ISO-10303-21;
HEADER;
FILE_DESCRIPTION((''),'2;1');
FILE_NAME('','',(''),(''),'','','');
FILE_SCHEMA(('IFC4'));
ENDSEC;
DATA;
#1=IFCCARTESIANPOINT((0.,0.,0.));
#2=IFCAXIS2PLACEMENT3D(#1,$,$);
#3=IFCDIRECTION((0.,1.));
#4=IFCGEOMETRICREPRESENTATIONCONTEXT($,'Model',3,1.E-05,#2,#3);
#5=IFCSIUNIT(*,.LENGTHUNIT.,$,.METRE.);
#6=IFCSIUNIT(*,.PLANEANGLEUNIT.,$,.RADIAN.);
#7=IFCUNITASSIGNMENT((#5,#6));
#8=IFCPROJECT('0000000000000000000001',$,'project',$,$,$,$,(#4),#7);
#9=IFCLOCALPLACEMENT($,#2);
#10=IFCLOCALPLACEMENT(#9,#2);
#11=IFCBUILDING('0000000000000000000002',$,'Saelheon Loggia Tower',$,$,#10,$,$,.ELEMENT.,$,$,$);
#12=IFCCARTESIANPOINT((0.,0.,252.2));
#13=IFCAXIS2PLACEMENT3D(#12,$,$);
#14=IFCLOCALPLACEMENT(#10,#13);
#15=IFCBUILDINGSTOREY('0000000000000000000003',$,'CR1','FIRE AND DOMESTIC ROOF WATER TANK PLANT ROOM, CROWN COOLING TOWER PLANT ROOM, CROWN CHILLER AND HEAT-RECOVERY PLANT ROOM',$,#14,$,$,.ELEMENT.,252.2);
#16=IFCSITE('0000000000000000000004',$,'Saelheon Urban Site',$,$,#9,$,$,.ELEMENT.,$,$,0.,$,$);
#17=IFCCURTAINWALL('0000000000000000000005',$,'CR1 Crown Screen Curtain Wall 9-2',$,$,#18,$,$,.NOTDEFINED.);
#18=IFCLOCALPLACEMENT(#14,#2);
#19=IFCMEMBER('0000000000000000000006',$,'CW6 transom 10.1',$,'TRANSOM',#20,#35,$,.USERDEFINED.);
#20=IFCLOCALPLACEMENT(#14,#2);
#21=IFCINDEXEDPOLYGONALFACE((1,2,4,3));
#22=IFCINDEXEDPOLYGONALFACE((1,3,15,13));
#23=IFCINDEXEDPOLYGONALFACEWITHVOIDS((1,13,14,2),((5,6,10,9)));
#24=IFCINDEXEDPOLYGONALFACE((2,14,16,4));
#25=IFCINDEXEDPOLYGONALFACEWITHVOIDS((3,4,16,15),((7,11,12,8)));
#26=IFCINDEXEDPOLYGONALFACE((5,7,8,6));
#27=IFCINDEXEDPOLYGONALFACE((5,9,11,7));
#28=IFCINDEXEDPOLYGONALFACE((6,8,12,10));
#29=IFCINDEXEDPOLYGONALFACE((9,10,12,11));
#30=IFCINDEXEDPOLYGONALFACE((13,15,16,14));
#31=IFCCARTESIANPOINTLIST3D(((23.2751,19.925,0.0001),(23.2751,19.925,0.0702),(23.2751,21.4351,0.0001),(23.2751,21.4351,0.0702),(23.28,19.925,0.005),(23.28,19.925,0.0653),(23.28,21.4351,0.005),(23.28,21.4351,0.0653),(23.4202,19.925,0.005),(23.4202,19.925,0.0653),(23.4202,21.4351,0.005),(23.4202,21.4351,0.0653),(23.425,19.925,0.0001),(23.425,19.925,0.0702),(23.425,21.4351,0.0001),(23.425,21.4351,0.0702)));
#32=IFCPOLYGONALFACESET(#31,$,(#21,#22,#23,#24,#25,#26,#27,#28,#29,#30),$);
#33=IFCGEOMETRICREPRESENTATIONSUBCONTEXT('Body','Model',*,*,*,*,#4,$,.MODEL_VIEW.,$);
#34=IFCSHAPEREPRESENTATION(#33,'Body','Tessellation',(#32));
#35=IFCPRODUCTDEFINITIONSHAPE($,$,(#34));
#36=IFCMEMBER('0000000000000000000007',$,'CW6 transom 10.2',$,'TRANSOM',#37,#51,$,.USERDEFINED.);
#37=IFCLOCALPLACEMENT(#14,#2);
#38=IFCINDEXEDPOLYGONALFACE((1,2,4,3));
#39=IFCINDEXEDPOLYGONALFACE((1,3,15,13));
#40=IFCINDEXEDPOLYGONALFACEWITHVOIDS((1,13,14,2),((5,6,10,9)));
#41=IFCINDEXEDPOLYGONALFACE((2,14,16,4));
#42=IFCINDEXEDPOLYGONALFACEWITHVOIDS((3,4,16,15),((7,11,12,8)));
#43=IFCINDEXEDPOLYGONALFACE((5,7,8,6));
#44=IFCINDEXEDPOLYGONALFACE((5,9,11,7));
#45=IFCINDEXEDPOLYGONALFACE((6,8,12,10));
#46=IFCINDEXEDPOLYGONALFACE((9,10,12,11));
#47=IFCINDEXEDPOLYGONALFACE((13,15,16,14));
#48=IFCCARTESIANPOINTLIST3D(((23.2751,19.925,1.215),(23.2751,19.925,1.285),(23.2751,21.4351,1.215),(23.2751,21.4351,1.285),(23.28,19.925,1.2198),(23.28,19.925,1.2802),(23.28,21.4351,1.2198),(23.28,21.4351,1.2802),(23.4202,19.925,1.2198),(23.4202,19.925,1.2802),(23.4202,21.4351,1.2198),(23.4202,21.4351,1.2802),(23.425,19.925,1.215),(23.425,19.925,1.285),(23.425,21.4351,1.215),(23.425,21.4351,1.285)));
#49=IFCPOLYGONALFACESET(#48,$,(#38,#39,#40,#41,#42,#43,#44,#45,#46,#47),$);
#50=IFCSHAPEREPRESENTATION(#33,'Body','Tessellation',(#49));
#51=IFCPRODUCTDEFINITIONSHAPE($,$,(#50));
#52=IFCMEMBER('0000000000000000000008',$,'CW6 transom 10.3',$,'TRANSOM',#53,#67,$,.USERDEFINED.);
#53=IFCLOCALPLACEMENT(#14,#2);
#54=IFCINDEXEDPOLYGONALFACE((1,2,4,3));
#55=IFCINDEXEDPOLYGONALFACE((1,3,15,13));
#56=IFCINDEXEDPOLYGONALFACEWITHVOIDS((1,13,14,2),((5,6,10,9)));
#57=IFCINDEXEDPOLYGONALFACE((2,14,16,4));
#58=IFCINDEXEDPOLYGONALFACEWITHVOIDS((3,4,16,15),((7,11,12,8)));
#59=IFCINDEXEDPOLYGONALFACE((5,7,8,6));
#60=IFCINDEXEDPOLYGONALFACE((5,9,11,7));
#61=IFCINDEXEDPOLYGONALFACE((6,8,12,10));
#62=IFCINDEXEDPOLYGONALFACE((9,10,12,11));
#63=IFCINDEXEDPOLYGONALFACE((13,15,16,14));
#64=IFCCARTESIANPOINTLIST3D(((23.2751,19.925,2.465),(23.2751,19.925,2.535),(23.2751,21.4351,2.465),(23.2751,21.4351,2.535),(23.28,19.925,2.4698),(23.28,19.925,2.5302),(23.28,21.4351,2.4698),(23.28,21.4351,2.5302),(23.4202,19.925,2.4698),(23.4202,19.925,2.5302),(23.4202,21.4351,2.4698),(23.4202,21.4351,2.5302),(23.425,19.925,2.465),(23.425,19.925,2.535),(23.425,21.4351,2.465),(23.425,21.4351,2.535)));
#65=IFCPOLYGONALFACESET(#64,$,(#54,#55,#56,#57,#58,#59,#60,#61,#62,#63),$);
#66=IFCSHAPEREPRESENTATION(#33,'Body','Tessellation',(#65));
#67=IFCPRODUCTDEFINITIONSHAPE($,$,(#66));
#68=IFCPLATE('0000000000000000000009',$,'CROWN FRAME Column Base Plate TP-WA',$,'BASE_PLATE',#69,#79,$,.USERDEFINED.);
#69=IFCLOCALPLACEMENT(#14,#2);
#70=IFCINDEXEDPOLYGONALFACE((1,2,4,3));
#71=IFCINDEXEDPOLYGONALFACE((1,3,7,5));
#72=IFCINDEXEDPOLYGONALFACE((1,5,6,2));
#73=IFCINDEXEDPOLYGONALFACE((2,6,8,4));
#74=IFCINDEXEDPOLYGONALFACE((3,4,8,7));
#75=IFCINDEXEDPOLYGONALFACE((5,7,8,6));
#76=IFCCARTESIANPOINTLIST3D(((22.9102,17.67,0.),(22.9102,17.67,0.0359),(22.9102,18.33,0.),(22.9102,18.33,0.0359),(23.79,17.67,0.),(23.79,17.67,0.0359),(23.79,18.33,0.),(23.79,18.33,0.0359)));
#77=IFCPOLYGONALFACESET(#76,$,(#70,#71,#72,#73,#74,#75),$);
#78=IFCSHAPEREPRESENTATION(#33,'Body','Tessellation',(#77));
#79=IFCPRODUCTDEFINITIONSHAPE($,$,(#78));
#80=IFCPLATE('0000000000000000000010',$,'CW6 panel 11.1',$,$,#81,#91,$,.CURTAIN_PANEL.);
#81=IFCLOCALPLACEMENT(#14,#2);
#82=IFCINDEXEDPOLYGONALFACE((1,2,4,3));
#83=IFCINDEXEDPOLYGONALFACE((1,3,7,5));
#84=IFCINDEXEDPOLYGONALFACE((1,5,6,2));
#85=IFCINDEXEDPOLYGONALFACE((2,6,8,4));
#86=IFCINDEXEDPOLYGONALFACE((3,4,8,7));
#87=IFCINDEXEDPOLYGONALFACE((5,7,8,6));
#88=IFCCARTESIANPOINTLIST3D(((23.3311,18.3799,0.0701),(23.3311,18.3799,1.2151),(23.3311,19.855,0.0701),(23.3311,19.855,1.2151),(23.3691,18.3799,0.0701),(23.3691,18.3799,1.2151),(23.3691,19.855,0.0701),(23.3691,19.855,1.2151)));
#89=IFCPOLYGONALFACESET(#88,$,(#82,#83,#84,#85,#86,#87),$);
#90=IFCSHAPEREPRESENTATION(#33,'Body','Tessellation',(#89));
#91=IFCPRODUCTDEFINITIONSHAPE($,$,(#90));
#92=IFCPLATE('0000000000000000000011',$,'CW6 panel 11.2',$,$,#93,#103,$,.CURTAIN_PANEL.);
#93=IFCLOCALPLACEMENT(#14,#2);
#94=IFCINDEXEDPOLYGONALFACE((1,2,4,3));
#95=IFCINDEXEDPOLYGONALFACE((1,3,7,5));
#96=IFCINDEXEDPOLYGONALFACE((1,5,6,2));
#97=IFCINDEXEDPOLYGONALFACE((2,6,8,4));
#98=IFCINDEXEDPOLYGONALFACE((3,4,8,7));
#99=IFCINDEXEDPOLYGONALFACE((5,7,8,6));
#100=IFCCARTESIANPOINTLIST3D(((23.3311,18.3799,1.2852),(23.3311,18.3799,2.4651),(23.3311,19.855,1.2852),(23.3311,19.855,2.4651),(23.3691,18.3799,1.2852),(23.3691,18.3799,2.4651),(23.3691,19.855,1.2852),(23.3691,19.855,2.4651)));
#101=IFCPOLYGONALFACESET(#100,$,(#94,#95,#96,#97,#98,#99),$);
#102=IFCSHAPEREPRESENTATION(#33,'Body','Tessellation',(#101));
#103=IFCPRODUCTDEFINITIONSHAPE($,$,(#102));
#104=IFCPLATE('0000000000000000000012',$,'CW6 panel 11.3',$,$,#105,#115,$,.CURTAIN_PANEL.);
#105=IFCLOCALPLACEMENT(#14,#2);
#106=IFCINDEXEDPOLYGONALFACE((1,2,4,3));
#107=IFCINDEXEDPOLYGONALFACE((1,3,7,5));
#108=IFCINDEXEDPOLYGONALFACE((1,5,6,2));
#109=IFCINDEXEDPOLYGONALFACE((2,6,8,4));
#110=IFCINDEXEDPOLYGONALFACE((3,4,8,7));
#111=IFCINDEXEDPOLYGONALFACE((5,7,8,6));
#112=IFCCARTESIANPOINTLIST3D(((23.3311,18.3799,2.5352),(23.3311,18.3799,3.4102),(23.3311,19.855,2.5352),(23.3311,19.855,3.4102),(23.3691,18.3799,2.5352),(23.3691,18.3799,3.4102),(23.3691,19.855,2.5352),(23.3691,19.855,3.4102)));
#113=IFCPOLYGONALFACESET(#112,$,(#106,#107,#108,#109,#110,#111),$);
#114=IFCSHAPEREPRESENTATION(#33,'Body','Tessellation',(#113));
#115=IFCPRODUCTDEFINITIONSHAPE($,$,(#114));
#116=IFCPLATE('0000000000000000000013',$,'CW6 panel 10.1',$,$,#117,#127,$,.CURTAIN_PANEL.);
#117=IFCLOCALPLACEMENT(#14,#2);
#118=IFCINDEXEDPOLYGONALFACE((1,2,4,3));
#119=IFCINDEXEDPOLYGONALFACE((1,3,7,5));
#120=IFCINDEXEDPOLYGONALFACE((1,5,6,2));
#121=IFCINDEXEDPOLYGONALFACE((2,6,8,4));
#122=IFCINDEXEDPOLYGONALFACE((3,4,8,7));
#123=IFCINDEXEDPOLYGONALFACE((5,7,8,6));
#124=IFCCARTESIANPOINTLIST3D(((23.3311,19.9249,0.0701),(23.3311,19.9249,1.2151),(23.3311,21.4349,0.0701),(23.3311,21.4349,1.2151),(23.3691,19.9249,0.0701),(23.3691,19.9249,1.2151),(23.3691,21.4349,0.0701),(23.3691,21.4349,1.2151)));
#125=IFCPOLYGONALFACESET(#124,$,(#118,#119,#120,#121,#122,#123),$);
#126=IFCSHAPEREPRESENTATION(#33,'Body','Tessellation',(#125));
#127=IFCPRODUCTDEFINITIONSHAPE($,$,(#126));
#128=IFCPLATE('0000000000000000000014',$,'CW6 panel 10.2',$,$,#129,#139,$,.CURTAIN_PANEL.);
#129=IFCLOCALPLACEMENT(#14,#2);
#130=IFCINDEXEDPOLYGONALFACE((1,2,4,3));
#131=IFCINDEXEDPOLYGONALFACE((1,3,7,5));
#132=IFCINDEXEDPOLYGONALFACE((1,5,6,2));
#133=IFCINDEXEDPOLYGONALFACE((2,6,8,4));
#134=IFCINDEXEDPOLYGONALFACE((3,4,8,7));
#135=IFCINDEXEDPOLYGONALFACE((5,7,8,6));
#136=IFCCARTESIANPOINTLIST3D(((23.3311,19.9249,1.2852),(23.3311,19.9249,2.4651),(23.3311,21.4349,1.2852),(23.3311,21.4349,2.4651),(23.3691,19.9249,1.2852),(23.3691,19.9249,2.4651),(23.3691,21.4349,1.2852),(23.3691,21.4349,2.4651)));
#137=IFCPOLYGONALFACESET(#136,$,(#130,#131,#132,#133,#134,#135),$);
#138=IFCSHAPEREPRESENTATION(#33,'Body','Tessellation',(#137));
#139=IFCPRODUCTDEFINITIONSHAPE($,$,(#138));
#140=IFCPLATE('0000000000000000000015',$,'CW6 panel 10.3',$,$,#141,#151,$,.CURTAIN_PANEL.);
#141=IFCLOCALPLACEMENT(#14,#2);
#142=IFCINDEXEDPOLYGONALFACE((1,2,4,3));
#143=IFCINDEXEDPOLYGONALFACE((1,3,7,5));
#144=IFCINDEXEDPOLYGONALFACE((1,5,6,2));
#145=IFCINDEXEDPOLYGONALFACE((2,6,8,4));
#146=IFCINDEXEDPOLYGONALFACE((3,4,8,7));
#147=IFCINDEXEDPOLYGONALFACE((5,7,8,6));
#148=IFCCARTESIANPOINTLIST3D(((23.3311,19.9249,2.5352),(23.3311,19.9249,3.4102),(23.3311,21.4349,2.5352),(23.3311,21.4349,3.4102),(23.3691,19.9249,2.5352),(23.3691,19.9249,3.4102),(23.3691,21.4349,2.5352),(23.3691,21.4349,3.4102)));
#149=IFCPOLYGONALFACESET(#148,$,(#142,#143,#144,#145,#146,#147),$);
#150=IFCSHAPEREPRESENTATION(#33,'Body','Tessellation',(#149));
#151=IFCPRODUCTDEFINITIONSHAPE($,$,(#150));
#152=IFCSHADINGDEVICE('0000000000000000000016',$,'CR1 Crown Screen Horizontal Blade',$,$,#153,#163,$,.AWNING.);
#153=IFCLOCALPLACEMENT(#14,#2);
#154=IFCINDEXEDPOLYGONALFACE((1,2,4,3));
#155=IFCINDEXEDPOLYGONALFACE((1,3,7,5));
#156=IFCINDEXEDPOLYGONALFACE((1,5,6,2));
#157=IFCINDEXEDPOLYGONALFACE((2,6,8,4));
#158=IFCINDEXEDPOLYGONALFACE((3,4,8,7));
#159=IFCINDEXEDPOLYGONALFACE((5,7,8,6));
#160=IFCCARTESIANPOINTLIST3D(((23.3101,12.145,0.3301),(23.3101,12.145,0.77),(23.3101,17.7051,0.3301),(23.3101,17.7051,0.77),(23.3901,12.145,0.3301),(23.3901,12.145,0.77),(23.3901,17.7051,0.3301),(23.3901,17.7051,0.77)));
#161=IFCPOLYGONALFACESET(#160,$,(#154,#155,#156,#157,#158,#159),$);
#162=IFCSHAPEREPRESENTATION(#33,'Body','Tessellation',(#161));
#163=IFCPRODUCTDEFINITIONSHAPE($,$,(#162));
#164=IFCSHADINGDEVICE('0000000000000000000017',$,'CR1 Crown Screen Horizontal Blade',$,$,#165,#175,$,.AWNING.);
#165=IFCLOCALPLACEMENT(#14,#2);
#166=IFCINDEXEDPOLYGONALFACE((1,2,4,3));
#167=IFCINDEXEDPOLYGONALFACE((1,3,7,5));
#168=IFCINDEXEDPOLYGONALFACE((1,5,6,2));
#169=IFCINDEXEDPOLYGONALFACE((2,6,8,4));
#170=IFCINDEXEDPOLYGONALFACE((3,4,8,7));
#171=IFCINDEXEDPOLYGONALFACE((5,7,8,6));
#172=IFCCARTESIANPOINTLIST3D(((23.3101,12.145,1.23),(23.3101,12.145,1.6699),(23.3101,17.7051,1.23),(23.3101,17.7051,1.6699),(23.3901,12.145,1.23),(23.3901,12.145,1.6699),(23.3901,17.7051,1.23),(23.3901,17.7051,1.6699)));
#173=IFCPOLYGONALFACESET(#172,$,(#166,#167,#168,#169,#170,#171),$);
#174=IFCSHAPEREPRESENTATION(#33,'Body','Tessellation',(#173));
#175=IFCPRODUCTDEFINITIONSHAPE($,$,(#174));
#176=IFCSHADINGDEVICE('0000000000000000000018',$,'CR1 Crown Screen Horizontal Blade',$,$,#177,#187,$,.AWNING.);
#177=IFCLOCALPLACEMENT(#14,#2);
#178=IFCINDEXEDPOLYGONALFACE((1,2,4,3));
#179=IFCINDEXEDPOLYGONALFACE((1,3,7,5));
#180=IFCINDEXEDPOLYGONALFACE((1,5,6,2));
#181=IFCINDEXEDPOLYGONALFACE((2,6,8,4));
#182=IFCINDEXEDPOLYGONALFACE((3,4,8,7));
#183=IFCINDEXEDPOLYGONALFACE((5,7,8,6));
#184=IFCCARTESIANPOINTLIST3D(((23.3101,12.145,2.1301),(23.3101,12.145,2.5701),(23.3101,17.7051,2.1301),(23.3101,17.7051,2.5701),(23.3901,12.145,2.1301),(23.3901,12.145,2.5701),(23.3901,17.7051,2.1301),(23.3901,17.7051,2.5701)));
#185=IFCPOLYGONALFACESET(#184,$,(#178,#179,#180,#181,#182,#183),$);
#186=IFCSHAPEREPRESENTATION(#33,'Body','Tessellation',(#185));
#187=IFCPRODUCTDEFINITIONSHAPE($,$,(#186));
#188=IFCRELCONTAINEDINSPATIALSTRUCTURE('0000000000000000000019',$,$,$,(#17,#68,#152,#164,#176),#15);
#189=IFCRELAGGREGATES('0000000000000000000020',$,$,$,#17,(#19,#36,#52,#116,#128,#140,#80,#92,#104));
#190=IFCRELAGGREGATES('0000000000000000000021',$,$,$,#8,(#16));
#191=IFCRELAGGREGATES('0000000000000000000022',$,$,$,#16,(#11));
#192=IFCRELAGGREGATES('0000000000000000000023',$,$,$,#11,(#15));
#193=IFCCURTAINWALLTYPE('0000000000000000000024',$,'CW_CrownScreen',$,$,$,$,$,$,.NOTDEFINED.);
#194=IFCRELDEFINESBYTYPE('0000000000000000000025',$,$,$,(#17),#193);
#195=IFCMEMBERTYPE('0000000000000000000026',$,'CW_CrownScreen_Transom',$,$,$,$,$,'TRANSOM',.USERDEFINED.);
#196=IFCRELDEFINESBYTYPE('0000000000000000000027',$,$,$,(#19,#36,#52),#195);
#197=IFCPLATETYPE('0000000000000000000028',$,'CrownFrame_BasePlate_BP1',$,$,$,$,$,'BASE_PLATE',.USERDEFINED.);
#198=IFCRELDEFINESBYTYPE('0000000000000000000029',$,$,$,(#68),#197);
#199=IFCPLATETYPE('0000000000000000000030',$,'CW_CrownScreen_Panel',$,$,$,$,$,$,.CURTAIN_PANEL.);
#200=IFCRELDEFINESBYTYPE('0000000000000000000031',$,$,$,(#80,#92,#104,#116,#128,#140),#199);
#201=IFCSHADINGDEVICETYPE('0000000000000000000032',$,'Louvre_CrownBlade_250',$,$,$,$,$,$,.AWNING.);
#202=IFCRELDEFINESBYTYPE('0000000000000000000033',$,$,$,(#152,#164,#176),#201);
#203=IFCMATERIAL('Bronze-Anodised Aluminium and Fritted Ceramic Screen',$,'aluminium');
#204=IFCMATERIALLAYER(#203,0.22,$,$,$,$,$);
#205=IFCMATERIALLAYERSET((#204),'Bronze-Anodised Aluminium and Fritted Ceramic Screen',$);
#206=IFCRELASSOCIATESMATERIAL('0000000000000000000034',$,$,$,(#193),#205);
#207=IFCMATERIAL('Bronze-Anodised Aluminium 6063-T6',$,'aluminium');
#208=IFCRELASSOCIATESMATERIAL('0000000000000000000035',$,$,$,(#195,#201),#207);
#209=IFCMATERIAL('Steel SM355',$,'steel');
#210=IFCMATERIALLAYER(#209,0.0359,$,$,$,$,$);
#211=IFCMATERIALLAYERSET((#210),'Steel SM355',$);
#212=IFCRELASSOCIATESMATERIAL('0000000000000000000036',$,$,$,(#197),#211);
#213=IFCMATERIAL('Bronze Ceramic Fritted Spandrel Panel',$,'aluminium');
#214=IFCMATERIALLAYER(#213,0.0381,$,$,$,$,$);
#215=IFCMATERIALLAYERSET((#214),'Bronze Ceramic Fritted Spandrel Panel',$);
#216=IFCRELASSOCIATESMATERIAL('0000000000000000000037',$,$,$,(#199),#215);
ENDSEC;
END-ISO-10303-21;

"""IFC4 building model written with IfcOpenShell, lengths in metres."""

from ifc_helpers import new_model, si_unit, direction, frame, origin, origin_2d, place, context, subcontext, project, spatial, rectangle, hollow_rectangle, extrude, source, transform, mapped, material, layer, layer_set, material_profile, profile_set, type_object, element, aggregate, save


model = new_model("IFC4")

# Units and contexts
model_context = context("Model", 3, precision=1e-05, world=origin(), true_north=direction((0.0, 1.0)))
body_context = subcontext(model_context, "Body", "Model", "MODEL_VIEW")
ifc_project = project(units=[si_unit("LENGTHUNIT", "METRE"), si_unit("PLANEANGLEUNIT", "RADIAN")], contexts=[model_context])

# Site, building, storey
site_placement = place(None, origin())
site = spatial("IfcSite", under=ifc_project, at=site_placement, Name="Saelheon Urban Site", CompositionType="ELEMENT", RefElevation=0.0)
building_placement = place(site_placement, origin())
building = spatial("IfcBuilding", under=site, at=building_placement, Name="Saelheon Loggia Tower", CompositionType="ELEMENT")
storey_placement = place(building_placement, frame((0.0, 0.0, 252.2)))
storey = spatial("IfcBuildingStorey", under=building, at=storey_placement, Name="CR1", Description="FIRE AND DOMESTIC ROOF WATER TANK PLANT ROOM, CROWN COOLING TOWER PLANT ROOM, CROWN CHILLER AND HEAT-RECOVERY PLANT ROOM", CompositionType="ELEMENT", Elevation=252.2)

# Curtain wall
ifc_material_1 = material(Name="Bronze-Anodised Aluminium and Fritted Ceramic Screen", Category="aluminium")
ifc_layer_1 = layer(ifc_material_1, 0.22)
ifc_layer_set_1 = layer_set([ifc_layer_1], Name="Bronze-Anodised Aluminium and Fritted Ceramic Screen")
curtain_wall_type = type_object("IfcCurtainWallType", Name="CW_CrownScreen", PredefinedType="NOTDEFINED", material=ifc_layer_set_1)
curtain_wall_1_placement = place(storey_placement, origin())
curtain_wall_1 = element("IfcCurtainWall", 1, at=curtain_wall_1_placement, inside=storey, type_object=curtain_wall_type, Name="CR1 Crown Screen Curtain Wall 9-2", PredefinedType="NOTDEFINED")
ifc_material_2 = material(Name="Bronze-Anodised Aluminium 6063-T6", Category="aluminium")
ifc_material_profile_1 = material_profile(ifc_material_2, hollow_rectangle(XDim=0.0701, YDim=0.1499, WallThickness=0.0049, at=origin_2d()), Name="RHS-150x70x5")
ifc_profile_set_1 = profile_set([ifc_material_profile_1], Name="Bronze-Anodised Aluminium 6063-T6")
member_type_1 = type_object("IfcMemberType", Name="CW_CrownScreen_Transom", ElementType="TRANSOM", PredefinedType="USERDEFINED", material=ifc_profile_set_1)

# Members
shared_shape_1 = source(origin(), body_context, "Body", "SweptSolid", [
    extrude(hollow_rectangle(XDim=0.0701, YDim=0.1499, WallThickness=0.0049, at=origin_2d()), origin(), (0.0, 0.0, 1.0), 1.51),
])
member_1_placement = place(storey_placement, frame((23.3501, 21.4351, 0.0352), z_axis=(0.0, -1.0, 0.0), x_axis=(0.0, 0.0, 1.0)))
member_1 = element("IfcMember", 2, at=member_1_placement, type_object=member_type_1, Name="CW6 transom 10.1", ObjectType="TRANSOM", PredefinedType="USERDEFINED", context=body_context, shape_type="MappedRepresentation", body=[
    mapped(shared_shape_1, transform((0.0, 0.0, 0.0), scale=1.0)),
])
member_2_placement = place(storey_placement, frame((23.3501, 21.4351, 1.25), z_axis=(0.0, -1.0, 0.0), x_axis=(0.0, 0.0, 1.0)))
member_2 = element("IfcMember", 3, at=member_2_placement, type_object=member_type_1, Name="CW6 transom 10.2", ObjectType="TRANSOM", PredefinedType="USERDEFINED", context=body_context, shape_type="MappedRepresentation", body=[
    mapped(shared_shape_1, transform((0.0, 0.0, 0.0), scale=1.0)),
])
member_3_placement = place(storey_placement, frame((23.3501, 21.4351, 2.5), z_axis=(0.0, -1.0, 0.0), x_axis=(0.0, 0.0, 1.0)))
member_3 = element("IfcMember", 4, at=member_3_placement, type_object=member_type_1, Name="CW6 transom 10.3", ObjectType="TRANSOM", PredefinedType="USERDEFINED", context=body_context, shape_type="MappedRepresentation", body=[
    mapped(shared_shape_1, transform((0.0, 0.0, 0.0), scale=1.0)),
])

# Plates
ifc_material_3 = material(Name="Steel SM355", Category="steel")
ifc_layer_2 = layer(ifc_material_3, 0.0359)
ifc_layer_set_2 = layer_set([ifc_layer_2], Name="Steel SM355")
plate_type_1 = type_object("IfcPlateType", Name="CrownFrame_BasePlate_BP1", ElementType="BASE_PLATE", PredefinedType="USERDEFINED", material=ifc_layer_set_2)
shared_shape_2 = source(origin(), body_context, "Body", "SweptSolid", [
    extrude(rectangle(XDim=0.8799, YDim=0.6599, at=origin_2d()), origin(), (0.0, 0.0, 1.0), 0.0359),
])
plate_1_placement = place(storey_placement, frame((23.3501, 18.0, 0.0), z_axis=(0.0, 0.0, 1.0), x_axis=(1.0, 0.0, 0.0)))
element("IfcPlate", 5, at=plate_1_placement, inside=storey, type_object=plate_type_1, Name="CROWN FRAME Column Base Plate TP-WA", ObjectType="BASE_PLATE", PredefinedType="USERDEFINED", context=body_context, shape_type="MappedRepresentation", body=[
    mapped(shared_shape_2, transform((0.0, 0.0, 0.0), scale=1.0)),
])
ifc_material_4 = material(Name="Bronze Ceramic Fritted Spandrel Panel", Category="aluminium")
ifc_layer_3 = layer(ifc_material_4, 0.0381)
ifc_layer_set_3 = layer_set([ifc_layer_3], Name="Bronze Ceramic Fritted Spandrel Panel")
plate_type_2 = type_object("IfcPlateType", Name="CW_CrownScreen_Panel", PredefinedType="CURTAIN_PANEL", material=ifc_layer_set_3)
shared_shape_3 = source(origin(), body_context, "Body", "SweptSolid", [
    extrude(rectangle(XDim=1.4751, YDim=0.0381, at=origin_2d()), origin(), (0.0, 0.0, 1.0), 1.145),
])
plate_2_placement = place(storey_placement, frame((23.3501, 19.1174, 0.0701), z_axis=(0.0, 0.0, 1.0), x_axis=(0.0, -1.0, 0.0)))
plate_2 = element("IfcPlate", 6, at=plate_2_placement, type_object=plate_type_2, Name="CW6 panel 11.1", PredefinedType="CURTAIN_PANEL", context=body_context, shape_type="MappedRepresentation", body=[
    mapped(shared_shape_3, transform((0.0, 0.0, 0.0), scale=1.0)),
])
shared_shape_4 = source(origin(), body_context, "Body", "SweptSolid", [
    extrude(rectangle(XDim=1.4751, YDim=0.0381, at=origin_2d()), origin(), (0.0, 0.0, 1.0), 1.1799),
])
plate_3_placement = place(storey_placement, frame((23.3501, 19.1174, 1.2852), z_axis=(0.0, 0.0, 1.0), x_axis=(0.0, -1.0, 0.0)))
plate_3 = element("IfcPlate", 7, at=plate_3_placement, type_object=plate_type_2, Name="CW6 panel 11.2", PredefinedType="CURTAIN_PANEL", context=body_context, shape_type="MappedRepresentation", body=[
    mapped(shared_shape_4, transform((0.0, 0.0, 0.0), scale=1.0)),
])
shared_shape_5 = source(origin(), body_context, "Body", "SweptSolid", [
    extrude(rectangle(XDim=1.4751, YDim=0.0381, at=origin_2d()), origin(), (0.0, 0.0, 1.0), 0.875),
])
plate_4_placement = place(storey_placement, frame((23.3501, 19.1174, 2.5352), z_axis=(0.0, 0.0, 1.0), x_axis=(0.0, -1.0, 0.0)))
plate_4 = element("IfcPlate", 8, at=plate_4_placement, type_object=plate_type_2, Name="CW6 panel 11.3", PredefinedType="CURTAIN_PANEL", context=body_context, shape_type="MappedRepresentation", body=[
    mapped(shared_shape_5, transform((0.0, 0.0, 0.0), scale=1.0)),
])
shared_shape_6 = source(origin(), body_context, "Body", "SweptSolid", [
    extrude(rectangle(XDim=1.51, YDim=0.0381, at=origin_2d()), origin(), (0.0, 0.0, 1.0), 1.145),
])
plate_5_placement = place(storey_placement, frame((23.3501, 20.6799, 0.0701), z_axis=(0.0, 0.0, 1.0), x_axis=(0.0, -1.0, 0.0)))
plate_5 = element("IfcPlate", 9, at=plate_5_placement, type_object=plate_type_2, Name="CW6 panel 10.1", PredefinedType="CURTAIN_PANEL", context=body_context, shape_type="MappedRepresentation", body=[
    mapped(shared_shape_6, transform((0.0, 0.0, 0.0), scale=1.0)),
])
shared_shape_7 = source(origin(), body_context, "Body", "SweptSolid", [
    extrude(rectangle(XDim=1.51, YDim=0.0381, at=origin_2d()), origin(), (0.0, 0.0, 1.0), 1.1799),
])
plate_6_placement = place(storey_placement, frame((23.3501, 20.6799, 1.2852), z_axis=(0.0, 0.0, 1.0), x_axis=(0.0, -1.0, 0.0)))
plate_6 = element("IfcPlate", 10, at=plate_6_placement, type_object=plate_type_2, Name="CW6 panel 10.2", PredefinedType="CURTAIN_PANEL", context=body_context, shape_type="MappedRepresentation", body=[
    mapped(shared_shape_7, transform((0.0, 0.0, 0.0), scale=1.0)),
])
shared_shape_8 = source(origin(), body_context, "Body", "SweptSolid", [
    extrude(rectangle(XDim=1.51, YDim=0.0381, at=origin_2d()), origin(), (0.0, 0.0, 1.0), 0.875),
])
plate_7_placement = place(storey_placement, frame((23.3501, 20.6799, 2.5352), z_axis=(0.0, 0.0, 1.0), x_axis=(0.0, -1.0, 0.0)))
plate_7 = element("IfcPlate", 11, at=plate_7_placement, type_object=plate_type_2, Name="CW6 panel 10.3", PredefinedType="CURTAIN_PANEL", context=body_context, shape_type="MappedRepresentation", body=[
    mapped(shared_shape_8, transform((0.0, 0.0, 0.0), scale=1.0)),
])
aggregate(curtain_wall_1, [member_1, member_2, member_3, plate_5, plate_6, plate_7, plate_2, plate_3, plate_4])

# Shading devices
ifc_material_profile_2 = material_profile(ifc_material_2, rectangle(XDim=0.0801, YDim=0.4399, at=origin_2d()), Name="Louvre_CrownBlade_250")
ifc_profile_set_2 = profile_set([ifc_material_profile_2], Name="Bronze-Anodised Aluminium 6063-T6")
shading_device_type = type_object("IfcShadingDeviceType", Name="Louvre_CrownBlade_250", PredefinedType="AWNING", material=ifc_profile_set_2)
shared_shape_9 = source(origin(), body_context, "Body", "SweptSolid", [
    extrude(rectangle(XDim=0.0801, YDim=0.4399, at=origin_2d()), origin(), (0.0, 0.0, 1.0), 5.5601),
])
for number, where, z_axis, x_axis, name in (
    (12, (23.3501, 17.7051, 0.55), (0.0, -1.0, 0.0), (1.0, 0.0, 0.0), "CR1 Crown Screen Horizontal Blade"),
    (13, (23.3501, 17.7051, 1.45), (0.0, -1.0, 0.0), (1.0, 0.0, 0.0), "CR1 Crown Screen Horizontal Blade"),
    (14, (23.3501, 17.7051, 2.3501), (0.0, -1.0, 0.0), (1.0, 0.0, 0.0), "CR1 Crown Screen Horizontal Blade"),
):
    element("IfcShadingDevice", number, at=place(storey_placement, frame(where, z_axis=z_axis, x_axis=x_axis)), inside=storey, type_object=shading_device_type, Name=name, PredefinedType="AWNING", context=body_context, shape_type="MappedRepresentation", body=[
        mapped(shared_shape_9, transform((0.0, 0.0, 0.0), scale=1.0)),
    ])

save(model, "model.ifc")
